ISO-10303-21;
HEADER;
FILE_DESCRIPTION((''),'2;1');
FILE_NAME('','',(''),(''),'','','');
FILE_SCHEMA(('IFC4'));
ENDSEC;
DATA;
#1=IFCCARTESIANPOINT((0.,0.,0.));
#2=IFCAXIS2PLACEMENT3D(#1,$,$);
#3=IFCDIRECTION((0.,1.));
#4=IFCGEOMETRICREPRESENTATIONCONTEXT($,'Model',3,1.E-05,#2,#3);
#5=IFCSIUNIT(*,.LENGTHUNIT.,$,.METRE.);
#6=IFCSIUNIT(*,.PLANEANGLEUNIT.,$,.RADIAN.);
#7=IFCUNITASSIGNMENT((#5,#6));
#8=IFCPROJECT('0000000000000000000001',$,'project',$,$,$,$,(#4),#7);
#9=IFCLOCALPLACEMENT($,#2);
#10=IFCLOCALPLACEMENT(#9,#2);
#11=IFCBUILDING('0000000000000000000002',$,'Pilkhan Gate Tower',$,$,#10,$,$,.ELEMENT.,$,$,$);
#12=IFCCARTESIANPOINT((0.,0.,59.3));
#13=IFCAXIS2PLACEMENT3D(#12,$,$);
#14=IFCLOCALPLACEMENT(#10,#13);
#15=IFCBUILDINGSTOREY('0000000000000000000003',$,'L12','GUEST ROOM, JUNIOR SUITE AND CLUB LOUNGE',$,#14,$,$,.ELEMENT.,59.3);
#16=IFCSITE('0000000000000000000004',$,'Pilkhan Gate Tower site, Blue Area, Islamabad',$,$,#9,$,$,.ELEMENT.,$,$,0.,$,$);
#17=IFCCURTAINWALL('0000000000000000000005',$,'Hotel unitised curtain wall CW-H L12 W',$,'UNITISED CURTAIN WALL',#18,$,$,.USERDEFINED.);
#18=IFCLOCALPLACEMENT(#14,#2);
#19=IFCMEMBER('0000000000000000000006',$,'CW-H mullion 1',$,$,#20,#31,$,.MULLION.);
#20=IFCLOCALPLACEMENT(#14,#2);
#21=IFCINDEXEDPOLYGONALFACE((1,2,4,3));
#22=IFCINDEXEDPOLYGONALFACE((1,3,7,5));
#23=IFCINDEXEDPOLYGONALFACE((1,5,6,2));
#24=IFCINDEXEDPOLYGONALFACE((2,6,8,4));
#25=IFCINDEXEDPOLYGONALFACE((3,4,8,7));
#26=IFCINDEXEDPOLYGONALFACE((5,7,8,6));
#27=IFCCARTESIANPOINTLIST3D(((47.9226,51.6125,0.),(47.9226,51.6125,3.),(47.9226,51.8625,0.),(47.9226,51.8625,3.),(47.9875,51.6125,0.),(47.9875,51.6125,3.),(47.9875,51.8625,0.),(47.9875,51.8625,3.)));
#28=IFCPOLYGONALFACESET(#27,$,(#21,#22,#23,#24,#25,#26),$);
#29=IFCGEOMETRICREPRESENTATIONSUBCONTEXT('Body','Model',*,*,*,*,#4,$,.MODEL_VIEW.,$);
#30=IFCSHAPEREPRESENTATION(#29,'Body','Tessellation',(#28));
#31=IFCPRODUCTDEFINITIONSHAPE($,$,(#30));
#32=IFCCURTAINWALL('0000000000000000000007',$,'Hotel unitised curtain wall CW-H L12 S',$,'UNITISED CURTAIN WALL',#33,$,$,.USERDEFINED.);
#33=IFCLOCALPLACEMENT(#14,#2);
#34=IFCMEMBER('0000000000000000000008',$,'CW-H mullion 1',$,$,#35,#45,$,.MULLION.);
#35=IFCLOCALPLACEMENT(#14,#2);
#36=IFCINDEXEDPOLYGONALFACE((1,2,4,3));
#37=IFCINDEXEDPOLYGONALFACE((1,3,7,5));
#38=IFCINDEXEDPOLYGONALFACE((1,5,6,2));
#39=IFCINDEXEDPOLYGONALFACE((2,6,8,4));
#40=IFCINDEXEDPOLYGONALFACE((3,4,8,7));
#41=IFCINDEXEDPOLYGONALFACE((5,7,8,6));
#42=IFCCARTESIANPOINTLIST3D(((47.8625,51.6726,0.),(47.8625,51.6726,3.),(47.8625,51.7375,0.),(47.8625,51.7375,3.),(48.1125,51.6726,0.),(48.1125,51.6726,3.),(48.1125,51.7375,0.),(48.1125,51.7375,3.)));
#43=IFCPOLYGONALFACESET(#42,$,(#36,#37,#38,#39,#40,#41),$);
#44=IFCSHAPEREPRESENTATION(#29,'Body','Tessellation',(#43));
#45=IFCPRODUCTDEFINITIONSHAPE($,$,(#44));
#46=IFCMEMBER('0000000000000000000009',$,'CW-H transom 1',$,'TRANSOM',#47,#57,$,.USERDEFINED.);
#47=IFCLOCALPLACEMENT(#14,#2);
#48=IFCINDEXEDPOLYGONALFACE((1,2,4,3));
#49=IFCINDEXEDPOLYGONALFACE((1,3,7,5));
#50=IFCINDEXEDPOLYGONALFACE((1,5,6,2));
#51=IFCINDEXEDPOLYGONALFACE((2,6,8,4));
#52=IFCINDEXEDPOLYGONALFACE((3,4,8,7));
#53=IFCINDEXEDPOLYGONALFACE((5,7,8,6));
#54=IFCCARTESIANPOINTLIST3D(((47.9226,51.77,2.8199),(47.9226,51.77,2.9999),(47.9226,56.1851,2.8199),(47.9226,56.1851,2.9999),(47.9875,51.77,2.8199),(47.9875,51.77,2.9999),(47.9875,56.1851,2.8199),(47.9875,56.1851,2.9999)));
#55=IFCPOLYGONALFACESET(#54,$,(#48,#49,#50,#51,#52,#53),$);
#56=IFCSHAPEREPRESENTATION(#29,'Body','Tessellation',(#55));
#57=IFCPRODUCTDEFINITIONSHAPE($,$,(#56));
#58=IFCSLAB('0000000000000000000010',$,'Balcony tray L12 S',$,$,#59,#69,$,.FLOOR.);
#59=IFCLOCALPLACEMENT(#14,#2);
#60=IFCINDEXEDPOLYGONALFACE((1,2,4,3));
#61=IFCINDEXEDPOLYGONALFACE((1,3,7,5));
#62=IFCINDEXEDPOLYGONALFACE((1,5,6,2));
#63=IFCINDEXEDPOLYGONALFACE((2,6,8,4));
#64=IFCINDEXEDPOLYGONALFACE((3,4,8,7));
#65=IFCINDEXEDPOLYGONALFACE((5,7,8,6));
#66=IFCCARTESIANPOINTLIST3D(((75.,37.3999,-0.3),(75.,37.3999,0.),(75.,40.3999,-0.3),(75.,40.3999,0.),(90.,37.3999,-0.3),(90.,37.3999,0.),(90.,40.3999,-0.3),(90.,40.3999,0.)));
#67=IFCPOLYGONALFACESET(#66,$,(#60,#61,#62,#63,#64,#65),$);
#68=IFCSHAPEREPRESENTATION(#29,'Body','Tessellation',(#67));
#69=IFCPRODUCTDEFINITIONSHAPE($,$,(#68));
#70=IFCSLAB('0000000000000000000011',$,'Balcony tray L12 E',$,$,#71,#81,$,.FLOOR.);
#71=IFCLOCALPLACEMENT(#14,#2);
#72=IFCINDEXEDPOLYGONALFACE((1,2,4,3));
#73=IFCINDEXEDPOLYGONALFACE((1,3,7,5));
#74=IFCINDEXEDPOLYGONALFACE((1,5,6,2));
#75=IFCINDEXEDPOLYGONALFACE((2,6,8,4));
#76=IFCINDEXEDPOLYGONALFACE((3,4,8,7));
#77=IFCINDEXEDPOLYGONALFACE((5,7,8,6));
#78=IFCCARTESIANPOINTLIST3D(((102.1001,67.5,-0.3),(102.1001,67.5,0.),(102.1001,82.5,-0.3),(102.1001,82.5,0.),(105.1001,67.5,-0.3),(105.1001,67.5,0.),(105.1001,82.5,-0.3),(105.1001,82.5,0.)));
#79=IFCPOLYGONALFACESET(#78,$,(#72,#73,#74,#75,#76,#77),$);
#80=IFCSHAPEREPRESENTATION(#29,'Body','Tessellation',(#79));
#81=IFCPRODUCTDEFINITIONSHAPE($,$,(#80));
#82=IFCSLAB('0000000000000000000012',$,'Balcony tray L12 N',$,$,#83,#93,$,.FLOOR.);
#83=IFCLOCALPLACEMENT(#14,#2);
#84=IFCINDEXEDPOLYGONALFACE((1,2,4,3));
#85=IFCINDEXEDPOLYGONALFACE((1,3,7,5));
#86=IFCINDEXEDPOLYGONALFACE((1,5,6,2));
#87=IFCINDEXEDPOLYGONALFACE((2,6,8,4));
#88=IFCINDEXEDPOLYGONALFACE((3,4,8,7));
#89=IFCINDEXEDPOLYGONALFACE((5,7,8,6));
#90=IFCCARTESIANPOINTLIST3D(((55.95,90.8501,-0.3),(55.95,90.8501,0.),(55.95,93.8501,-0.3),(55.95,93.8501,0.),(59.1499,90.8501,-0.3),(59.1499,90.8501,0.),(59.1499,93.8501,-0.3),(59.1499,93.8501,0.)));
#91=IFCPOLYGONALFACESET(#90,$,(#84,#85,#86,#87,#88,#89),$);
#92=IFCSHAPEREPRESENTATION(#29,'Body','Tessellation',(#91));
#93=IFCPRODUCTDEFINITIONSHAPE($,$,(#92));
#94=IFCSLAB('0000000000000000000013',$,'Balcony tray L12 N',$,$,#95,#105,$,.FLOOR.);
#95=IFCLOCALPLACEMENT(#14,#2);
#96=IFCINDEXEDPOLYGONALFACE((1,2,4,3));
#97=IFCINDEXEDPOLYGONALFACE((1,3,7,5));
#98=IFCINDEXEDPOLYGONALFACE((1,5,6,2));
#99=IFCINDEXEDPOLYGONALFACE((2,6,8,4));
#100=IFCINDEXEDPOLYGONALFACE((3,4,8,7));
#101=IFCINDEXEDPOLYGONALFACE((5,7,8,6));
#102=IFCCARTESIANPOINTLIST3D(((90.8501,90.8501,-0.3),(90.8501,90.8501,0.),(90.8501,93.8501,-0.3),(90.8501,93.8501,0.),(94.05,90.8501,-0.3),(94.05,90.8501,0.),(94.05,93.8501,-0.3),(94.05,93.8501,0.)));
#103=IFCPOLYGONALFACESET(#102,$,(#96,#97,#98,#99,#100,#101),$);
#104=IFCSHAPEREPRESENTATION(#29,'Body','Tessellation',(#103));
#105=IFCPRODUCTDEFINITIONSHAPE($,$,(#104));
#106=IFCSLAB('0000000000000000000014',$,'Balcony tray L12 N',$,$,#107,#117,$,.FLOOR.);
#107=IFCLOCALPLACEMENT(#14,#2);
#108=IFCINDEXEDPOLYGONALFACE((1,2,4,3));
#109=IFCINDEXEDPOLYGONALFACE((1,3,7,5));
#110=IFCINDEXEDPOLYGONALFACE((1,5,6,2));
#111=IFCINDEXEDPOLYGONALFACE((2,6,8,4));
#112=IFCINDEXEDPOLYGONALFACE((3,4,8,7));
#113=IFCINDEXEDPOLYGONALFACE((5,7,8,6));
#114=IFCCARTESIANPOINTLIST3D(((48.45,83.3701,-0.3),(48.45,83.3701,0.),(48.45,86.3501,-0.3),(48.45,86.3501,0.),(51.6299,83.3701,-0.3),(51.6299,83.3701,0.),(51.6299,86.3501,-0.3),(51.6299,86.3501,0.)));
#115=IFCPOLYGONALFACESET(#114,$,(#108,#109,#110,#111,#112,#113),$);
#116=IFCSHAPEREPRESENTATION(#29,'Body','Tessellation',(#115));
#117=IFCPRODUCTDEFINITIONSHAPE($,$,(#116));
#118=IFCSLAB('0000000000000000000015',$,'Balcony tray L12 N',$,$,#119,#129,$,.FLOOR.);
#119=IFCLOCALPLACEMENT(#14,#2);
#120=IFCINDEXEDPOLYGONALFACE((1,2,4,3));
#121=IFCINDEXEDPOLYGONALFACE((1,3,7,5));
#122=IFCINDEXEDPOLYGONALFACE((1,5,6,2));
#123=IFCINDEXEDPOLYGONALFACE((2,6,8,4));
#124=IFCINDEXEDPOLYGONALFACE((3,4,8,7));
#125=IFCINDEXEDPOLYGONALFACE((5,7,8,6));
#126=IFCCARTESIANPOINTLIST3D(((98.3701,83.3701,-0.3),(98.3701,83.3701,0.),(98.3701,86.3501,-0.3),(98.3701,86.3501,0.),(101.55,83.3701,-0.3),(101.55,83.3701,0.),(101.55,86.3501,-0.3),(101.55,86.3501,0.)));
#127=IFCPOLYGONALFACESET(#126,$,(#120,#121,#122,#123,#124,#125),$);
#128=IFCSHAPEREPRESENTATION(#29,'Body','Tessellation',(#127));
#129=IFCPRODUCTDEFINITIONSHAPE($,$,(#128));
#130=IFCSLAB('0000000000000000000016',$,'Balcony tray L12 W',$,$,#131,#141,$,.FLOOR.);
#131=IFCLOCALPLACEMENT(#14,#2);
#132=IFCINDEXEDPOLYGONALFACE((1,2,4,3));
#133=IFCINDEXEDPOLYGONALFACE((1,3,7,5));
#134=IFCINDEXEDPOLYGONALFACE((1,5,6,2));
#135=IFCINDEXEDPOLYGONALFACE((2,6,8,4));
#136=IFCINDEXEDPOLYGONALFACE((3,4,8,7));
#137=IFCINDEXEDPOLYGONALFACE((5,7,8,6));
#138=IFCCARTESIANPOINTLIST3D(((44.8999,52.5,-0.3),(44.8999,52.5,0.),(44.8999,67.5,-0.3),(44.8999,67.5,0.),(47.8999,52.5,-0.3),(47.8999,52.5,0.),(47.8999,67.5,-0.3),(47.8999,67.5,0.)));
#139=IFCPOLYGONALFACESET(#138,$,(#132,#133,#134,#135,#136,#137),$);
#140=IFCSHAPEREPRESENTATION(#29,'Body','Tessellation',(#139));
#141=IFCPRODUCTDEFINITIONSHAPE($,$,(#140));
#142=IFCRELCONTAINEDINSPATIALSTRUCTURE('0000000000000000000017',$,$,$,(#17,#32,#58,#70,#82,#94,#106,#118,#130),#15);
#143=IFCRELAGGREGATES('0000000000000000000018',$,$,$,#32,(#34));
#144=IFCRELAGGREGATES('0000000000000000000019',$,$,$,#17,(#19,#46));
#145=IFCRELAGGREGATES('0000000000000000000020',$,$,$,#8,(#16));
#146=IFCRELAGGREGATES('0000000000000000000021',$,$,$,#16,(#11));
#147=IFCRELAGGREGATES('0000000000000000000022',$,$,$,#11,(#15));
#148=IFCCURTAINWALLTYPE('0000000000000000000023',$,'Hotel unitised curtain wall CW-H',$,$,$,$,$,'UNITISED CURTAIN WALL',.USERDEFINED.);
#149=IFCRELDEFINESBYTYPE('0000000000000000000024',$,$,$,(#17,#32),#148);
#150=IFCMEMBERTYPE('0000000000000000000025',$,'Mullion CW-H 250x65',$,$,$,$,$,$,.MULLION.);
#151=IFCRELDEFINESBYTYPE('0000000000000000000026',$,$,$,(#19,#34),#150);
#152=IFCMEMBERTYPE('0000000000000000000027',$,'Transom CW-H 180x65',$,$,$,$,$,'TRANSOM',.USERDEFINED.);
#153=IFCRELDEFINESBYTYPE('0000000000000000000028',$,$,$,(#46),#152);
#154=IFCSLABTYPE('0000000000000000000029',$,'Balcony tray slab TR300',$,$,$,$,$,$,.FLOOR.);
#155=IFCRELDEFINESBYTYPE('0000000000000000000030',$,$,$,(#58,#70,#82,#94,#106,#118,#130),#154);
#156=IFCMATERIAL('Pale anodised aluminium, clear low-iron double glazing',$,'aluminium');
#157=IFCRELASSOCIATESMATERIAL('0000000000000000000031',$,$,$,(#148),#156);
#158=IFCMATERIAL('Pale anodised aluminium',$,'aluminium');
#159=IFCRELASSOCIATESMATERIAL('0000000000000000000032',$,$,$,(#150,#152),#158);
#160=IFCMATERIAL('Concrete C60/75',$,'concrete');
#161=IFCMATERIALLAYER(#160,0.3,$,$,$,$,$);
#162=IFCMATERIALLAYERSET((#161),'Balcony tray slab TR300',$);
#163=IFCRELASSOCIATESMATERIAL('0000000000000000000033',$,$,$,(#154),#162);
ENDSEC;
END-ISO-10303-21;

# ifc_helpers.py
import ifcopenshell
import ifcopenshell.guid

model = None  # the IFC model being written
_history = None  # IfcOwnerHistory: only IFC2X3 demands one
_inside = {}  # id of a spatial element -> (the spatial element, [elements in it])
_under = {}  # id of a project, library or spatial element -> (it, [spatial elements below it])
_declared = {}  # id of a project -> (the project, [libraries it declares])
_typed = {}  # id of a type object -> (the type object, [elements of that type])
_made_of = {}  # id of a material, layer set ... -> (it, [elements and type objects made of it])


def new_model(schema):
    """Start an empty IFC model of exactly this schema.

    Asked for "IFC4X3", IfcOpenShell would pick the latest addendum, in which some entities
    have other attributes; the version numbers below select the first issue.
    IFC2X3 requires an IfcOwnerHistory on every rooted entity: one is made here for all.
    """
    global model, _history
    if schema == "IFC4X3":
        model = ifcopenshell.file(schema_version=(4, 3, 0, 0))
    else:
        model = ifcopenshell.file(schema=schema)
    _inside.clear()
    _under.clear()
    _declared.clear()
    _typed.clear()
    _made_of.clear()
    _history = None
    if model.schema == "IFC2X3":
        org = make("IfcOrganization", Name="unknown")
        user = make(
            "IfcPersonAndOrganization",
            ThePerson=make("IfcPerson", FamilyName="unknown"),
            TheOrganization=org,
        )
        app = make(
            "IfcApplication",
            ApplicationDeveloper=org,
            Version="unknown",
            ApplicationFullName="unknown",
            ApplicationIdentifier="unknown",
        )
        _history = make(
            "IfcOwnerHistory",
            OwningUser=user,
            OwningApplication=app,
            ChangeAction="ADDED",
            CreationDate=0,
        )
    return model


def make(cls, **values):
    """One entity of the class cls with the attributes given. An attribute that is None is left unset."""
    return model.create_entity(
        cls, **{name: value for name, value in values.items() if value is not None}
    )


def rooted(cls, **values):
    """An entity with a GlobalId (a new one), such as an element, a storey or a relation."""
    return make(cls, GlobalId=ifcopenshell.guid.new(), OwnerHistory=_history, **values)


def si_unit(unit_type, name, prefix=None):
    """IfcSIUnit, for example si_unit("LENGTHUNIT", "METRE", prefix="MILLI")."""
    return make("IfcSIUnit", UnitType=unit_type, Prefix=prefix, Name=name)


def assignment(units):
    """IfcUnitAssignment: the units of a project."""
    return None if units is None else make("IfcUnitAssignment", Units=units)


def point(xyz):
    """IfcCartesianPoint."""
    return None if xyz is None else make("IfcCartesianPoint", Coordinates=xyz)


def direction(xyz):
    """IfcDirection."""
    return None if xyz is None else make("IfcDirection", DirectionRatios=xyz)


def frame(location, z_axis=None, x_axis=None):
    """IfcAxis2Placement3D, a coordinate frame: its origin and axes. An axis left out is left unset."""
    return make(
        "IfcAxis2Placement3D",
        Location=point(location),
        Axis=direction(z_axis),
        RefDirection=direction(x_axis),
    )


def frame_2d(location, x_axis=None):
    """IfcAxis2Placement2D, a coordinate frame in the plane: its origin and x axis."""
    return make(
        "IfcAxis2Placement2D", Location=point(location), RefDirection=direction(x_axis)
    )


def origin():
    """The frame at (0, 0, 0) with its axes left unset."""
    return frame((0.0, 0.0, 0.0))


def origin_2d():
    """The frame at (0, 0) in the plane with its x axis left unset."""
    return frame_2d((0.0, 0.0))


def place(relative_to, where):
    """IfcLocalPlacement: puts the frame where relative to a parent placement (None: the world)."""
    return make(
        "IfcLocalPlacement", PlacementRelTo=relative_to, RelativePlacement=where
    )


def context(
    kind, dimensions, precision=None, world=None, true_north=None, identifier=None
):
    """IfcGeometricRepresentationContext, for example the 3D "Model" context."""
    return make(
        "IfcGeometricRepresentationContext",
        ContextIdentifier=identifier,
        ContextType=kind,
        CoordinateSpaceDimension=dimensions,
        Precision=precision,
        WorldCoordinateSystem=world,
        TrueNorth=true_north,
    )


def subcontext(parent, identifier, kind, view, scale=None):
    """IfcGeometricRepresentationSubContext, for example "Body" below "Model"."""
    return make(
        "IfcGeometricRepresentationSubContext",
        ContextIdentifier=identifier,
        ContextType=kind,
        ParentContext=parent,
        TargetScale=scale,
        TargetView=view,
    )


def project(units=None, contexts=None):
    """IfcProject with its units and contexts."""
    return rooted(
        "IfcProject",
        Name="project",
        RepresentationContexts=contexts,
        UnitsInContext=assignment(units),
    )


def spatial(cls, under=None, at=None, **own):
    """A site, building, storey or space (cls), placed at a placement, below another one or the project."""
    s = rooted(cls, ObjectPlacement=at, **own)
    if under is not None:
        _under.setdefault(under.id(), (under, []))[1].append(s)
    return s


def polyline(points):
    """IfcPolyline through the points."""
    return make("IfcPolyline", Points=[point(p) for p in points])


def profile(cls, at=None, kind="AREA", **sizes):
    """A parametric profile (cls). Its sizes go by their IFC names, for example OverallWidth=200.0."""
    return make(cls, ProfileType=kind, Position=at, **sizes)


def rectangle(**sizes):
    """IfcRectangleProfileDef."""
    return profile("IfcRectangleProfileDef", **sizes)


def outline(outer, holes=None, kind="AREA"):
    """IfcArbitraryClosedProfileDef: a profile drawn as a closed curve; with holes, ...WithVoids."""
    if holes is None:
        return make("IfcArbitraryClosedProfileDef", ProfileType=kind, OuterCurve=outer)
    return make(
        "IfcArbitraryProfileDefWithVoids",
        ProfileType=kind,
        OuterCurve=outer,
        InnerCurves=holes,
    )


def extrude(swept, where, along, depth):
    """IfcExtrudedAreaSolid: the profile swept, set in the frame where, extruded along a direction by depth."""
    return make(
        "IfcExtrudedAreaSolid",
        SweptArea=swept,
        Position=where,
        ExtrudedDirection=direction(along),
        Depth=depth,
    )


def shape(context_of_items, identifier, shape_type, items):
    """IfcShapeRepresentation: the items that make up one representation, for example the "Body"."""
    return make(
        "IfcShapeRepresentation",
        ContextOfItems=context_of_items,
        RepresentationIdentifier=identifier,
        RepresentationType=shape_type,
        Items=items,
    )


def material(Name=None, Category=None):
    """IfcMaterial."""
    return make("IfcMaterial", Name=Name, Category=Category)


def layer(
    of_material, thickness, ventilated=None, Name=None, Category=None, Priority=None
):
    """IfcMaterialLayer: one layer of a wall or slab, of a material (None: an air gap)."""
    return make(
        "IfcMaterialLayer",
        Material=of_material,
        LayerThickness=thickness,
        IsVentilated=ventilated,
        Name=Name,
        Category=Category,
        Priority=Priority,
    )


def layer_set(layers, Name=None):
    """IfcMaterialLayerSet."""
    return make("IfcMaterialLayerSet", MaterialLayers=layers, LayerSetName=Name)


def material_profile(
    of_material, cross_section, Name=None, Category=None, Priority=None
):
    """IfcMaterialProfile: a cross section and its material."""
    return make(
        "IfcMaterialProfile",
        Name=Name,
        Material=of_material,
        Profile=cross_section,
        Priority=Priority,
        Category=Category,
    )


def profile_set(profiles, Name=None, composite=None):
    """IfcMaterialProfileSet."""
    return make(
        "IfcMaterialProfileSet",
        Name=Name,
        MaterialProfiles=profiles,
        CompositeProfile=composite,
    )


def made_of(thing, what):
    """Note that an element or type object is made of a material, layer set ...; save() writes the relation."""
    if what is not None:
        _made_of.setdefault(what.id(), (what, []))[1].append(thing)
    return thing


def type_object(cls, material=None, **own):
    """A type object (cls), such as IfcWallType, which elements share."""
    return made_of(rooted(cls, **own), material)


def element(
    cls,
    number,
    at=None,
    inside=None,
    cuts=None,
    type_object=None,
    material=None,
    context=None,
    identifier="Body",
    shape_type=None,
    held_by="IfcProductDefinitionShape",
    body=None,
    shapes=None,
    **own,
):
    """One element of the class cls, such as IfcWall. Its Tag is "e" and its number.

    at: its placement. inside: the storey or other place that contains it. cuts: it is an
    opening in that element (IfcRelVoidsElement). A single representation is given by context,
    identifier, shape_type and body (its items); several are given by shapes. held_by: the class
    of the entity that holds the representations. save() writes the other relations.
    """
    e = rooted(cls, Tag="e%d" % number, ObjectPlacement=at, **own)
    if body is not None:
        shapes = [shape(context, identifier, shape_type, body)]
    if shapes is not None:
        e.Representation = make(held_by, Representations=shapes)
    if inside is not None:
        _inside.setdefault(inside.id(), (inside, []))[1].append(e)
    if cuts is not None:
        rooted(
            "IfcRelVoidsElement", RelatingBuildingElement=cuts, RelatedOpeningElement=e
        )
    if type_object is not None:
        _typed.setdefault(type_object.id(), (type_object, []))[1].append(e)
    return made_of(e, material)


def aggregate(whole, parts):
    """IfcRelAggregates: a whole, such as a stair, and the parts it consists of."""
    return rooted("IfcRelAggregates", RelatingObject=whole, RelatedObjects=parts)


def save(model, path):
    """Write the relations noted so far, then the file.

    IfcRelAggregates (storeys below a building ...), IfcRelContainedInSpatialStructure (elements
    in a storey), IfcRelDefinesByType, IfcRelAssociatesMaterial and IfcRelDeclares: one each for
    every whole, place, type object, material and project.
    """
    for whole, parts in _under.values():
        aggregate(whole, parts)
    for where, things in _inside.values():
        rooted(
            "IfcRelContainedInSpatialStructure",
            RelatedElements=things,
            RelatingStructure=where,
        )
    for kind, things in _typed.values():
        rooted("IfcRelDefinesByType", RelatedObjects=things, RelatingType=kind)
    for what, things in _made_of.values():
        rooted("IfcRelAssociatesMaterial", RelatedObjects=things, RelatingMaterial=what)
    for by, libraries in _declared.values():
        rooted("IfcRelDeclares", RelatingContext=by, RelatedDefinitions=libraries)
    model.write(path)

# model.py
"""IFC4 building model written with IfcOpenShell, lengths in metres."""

from ifc_helpers import new_model, si_unit, direction, frame, origin, origin_2d, place, context, subcontext, project, spatial, polyline, rectangle, outline, extrude, material, layer, layer_set, material_profile, profile_set, type_object, element, aggregate, save


model = new_model("IFC4")

# Units and contexts
model_context = context("Model", 3, precision=1e-05, world=origin(), true_north=direction((0.0, 1.0)))
body_context = subcontext(model_context, "Body", "Model", "MODEL_VIEW")
ifc_project = project(units=[si_unit("LENGTHUNIT", "METRE"), si_unit("PLANEANGLEUNIT", "RADIAN")], contexts=[model_context])

# Site, building, storey
site_placement = place(None, origin())
site = spatial("IfcSite", under=ifc_project, at=site_placement, Name="Pilkhan Gate Tower site, Blue Area, Islamabad", CompositionType="ELEMENT", RefElevation=0.0)
building_placement = place(site_placement, origin())
building = spatial("IfcBuilding", under=site, at=building_placement, Name="Pilkhan Gate Tower", CompositionType="ELEMENT")
storey_placement = place(building_placement, frame((0.0, 0.0, 59.3)))
storey = spatial("IfcBuildingStorey", under=building, at=storey_placement, Name="L12", Description="GUEST ROOM, JUNIOR SUITE AND CLUB LOUNGE", CompositionType="ELEMENT", Elevation=59.3)

# Curtain walls, members
ifc_material_1 = material(Name="Pale anodised aluminium, clear low-iron double glazing", Category="aluminium")
curtain_wall_type = type_object("IfcCurtainWallType", Name="Hotel unitised curtain wall CW-H", ElementType="UNITISED CURTAIN WALL", PredefinedType="USERDEFINED", material=ifc_material_1)
curtain_wall_1_placement = place(storey_placement, origin())
curtain_wall_1 = element("IfcCurtainWall", 1, at=curtain_wall_1_placement, inside=storey, type_object=curtain_wall_type, Name="Hotel unitised curtain wall CW-H L12 W", ObjectType="UNITISED CURTAIN WALL", PredefinedType="USERDEFINED")
ifc_material_2 = material(Name="Pale anodised aluminium", Category="aluminium")
ifc_material_profile_1 = material_profile(ifc_material_2, rectangle(XDim=0.0649, YDim=0.25, at=origin_2d()), Name="Mullion 250x65")
ifc_profile_set_1 = profile_set([ifc_material_profile_1], Name="Pale anodised aluminium")
member_type_1 = type_object("IfcMemberType", Name="Mullion CW-H 250x65", PredefinedType="MULLION", material=ifc_profile_set_1)
member_1_placement = place(storey_placement, frame((47.9551, 51.7375, 0.0), z_axis=(0.0, 0.0, 1.0), x_axis=(-1.0, 0.0, 0.0)))
member_1 = element("IfcMember", 2, at=member_1_placement, type_object=member_type_1, Name="CW-H mullion 1", PredefinedType="MULLION", context=body_context, shape_type="SweptSolid", body=[
    extrude(rectangle(XDim=0.0649, YDim=0.25, at=origin_2d()), origin(), (0.0, 0.0, 1.0), 3.0),
])
curtain_wall_2_placement = place(storey_placement, origin())
curtain_wall_2 = element("IfcCurtainWall", 3, at=curtain_wall_2_placement, inside=storey, type_object=curtain_wall_type, Name="Hotel unitised curtain wall CW-H L12 S", ObjectType="UNITISED CURTAIN WALL", PredefinedType="USERDEFINED")
member_2_placement = place(storey_placement, frame((47.9875, 51.7051, 0.0), z_axis=(0.0, 0.0, 1.0), x_axis=(0.0, 1.0, 0.0)))
member_2 = element("IfcMember", 4, at=member_2_placement, type_object=member_type_1, Name="CW-H mullion 1", PredefinedType="MULLION", context=body_context, shape_type="SweptSolid", body=[
    extrude(rectangle(XDim=0.0649, YDim=0.25, at=origin_2d()), origin(), (0.0, 0.0, 1.0), 3.0),
])
aggregate(curtain_wall_2, [member_2])

# Member
ifc_material_profile_2 = material_profile(ifc_material_2, rectangle(XDim=0.0649, YDim=0.1799, at=origin_2d()), Name="Transom 180x65")
ifc_profile_set_2 = profile_set([ifc_material_profile_2], Name="Pale anodised aluminium")
member_type_2 = type_object("IfcMemberType", Name="Transom CW-H 180x65", ElementType="TRANSOM", PredefinedType="USERDEFINED", material=ifc_profile_set_2)
member_3_placement = place(storey_placement, frame((47.9551, 51.77, 2.9099), z_axis=(0.0, 1.0, 0.0), x_axis=(-1.0, 0.0, 0.0)))
member_3 = element("IfcMember", 5, at=member_3_placement, type_object=member_type_2, Name="CW-H transom 1", ObjectType="TRANSOM", PredefinedType="USERDEFINED", context=body_context, shape_type="SweptSolid", body=[
    extrude(rectangle(XDim=0.0649, YDim=0.1799, at=origin_2d()), origin(), (0.0, 0.0, 1.0), 4.415),
])
aggregate(curtain_wall_1, [member_1, member_3])

# Slabs
ifc_material_3 = material(Name="Concrete C60/75", Category="concrete")
ifc_layer_1 = layer(ifc_material_3, 0.3)
ifc_layer_set_1 = layer_set([ifc_layer_1], Name="Balcony tray slab TR300")
slab_type_1 = type_object("IfcSlabType", Name="Balcony tray slab TR300", PredefinedType="FLOOR", material=ifc_layer_set_1)
slab_1_placement = place(storey_placement, frame((0.0, 0.0, -0.3)))
element("IfcSlab", 6, at=slab_1_placement, inside=storey, type_object=slab_type_1, Name="Balcony tray L12 S", PredefinedType="FLOOR", context=body_context, shape_type="SweptSolid", body=[
    extrude(outline(polyline([(90.0, 37.3999), (90.0, 40.3999), (75.0, 40.3999), (75.0, 37.3999), (90.0, 37.3999)])), origin(), (0.0, 0.0, 1.0), 0.3),
])
slab_2_placement = place(storey_placement, frame((0.0, 0.0, -0.3)))
element("IfcSlab", 7, at=slab_2_placement, inside=storey, type_object=slab_type_1, Name="Balcony tray L12 E", PredefinedType="FLOOR", context=body_context, shape_type="SweptSolid", body=[
    extrude(outline(polyline([(105.1001, 67.5), (105.1001, 82.5), (102.1001, 82.5), (102.1001, 67.5), (105.1001, 67.5)])), origin(), (0.0, 0.0, 1.0), 0.3),
])
slab_3_placement = place(storey_placement, frame((0.0, 0.0, -0.3)))
element("IfcSlab", 8, at=slab_3_placement, inside=storey, type_object=slab_type_1, Name="Balcony tray L12 N", PredefinedType="FLOOR", context=body_context, shape_type="SweptSolid", body=[
    extrude(outline(polyline([(59.1499, 90.8501), (59.1499, 93.8501), (55.95, 93.8501), (55.95, 90.8501), (59.1499, 90.8501)])), origin(), (0.0, 0.0, 1.0), 0.3),
])
slab_4_placement = place(storey_placement, frame((0.0, 0.0, -0.3)))
element("IfcSlab", 9, at=slab_4_placement, inside=storey, type_object=slab_type_1, Name="Balcony tray L12 N", PredefinedType="FLOOR", context=body_context, shape_type="SweptSolid", body=[
    extrude(outline(polyline([(94.05, 90.8501), (94.05, 93.8501), (90.8501, 93.8501), (90.8501, 90.8501), (94.05, 90.8501)])), origin(), (0.0, 0.0, 1.0), 0.3),
])
slab_5_placement = place(storey_placement, frame((0.0, 0.0, -0.3)))
element("IfcSlab", 10, at=slab_5_placement, inside=storey, type_object=slab_type_1, Name="Balcony tray L12 N", PredefinedType="FLOOR", context=body_context, shape_type="SweptSolid", body=[
    extrude(outline(polyline([(51.6299, 83.3701), (51.6299, 86.3501), (48.45, 86.3501), (48.45, 83.3701), (51.6299, 83.3701)])), origin(), (0.0, 0.0, 1.0), 0.3),
])
slab_6_placement = place(storey_placement, frame((0.0, 0.0, -0.3)))
element("IfcSlab", 11, at=slab_6_placement, inside=storey, type_object=slab_type_1, Name="Balcony tray L12 N", PredefinedType="FLOOR", context=body_context, shape_type="SweptSolid", body=[
    extrude(outline(polyline([(101.55, 83.3701), (101.55, 86.3501), (98.3701, 86.3501), (98.3701, 83.3701), (101.55, 83.3701)])), origin(), (0.0, 0.0, 1.0), 0.3),
])
slab_7_placement = place(storey_placement, frame((0.0, 0.0, -0.3)))
element("IfcSlab", 12, at=slab_7_placement, inside=storey, type_object=slab_type_1, Name="Balcony tray L12 W", PredefinedType="FLOOR", context=body_context, shape_type="SweptSolid", body=[
    extrude(outline(polyline([(47.8999, 52.5), (47.8999, 67.5), (44.8999, 67.5), (44.8999, 52.5), (47.8999, 52.5)])), origin(), (0.0, 0.0, 1.0), 0.3),
])

save(model, "model.ifc")
